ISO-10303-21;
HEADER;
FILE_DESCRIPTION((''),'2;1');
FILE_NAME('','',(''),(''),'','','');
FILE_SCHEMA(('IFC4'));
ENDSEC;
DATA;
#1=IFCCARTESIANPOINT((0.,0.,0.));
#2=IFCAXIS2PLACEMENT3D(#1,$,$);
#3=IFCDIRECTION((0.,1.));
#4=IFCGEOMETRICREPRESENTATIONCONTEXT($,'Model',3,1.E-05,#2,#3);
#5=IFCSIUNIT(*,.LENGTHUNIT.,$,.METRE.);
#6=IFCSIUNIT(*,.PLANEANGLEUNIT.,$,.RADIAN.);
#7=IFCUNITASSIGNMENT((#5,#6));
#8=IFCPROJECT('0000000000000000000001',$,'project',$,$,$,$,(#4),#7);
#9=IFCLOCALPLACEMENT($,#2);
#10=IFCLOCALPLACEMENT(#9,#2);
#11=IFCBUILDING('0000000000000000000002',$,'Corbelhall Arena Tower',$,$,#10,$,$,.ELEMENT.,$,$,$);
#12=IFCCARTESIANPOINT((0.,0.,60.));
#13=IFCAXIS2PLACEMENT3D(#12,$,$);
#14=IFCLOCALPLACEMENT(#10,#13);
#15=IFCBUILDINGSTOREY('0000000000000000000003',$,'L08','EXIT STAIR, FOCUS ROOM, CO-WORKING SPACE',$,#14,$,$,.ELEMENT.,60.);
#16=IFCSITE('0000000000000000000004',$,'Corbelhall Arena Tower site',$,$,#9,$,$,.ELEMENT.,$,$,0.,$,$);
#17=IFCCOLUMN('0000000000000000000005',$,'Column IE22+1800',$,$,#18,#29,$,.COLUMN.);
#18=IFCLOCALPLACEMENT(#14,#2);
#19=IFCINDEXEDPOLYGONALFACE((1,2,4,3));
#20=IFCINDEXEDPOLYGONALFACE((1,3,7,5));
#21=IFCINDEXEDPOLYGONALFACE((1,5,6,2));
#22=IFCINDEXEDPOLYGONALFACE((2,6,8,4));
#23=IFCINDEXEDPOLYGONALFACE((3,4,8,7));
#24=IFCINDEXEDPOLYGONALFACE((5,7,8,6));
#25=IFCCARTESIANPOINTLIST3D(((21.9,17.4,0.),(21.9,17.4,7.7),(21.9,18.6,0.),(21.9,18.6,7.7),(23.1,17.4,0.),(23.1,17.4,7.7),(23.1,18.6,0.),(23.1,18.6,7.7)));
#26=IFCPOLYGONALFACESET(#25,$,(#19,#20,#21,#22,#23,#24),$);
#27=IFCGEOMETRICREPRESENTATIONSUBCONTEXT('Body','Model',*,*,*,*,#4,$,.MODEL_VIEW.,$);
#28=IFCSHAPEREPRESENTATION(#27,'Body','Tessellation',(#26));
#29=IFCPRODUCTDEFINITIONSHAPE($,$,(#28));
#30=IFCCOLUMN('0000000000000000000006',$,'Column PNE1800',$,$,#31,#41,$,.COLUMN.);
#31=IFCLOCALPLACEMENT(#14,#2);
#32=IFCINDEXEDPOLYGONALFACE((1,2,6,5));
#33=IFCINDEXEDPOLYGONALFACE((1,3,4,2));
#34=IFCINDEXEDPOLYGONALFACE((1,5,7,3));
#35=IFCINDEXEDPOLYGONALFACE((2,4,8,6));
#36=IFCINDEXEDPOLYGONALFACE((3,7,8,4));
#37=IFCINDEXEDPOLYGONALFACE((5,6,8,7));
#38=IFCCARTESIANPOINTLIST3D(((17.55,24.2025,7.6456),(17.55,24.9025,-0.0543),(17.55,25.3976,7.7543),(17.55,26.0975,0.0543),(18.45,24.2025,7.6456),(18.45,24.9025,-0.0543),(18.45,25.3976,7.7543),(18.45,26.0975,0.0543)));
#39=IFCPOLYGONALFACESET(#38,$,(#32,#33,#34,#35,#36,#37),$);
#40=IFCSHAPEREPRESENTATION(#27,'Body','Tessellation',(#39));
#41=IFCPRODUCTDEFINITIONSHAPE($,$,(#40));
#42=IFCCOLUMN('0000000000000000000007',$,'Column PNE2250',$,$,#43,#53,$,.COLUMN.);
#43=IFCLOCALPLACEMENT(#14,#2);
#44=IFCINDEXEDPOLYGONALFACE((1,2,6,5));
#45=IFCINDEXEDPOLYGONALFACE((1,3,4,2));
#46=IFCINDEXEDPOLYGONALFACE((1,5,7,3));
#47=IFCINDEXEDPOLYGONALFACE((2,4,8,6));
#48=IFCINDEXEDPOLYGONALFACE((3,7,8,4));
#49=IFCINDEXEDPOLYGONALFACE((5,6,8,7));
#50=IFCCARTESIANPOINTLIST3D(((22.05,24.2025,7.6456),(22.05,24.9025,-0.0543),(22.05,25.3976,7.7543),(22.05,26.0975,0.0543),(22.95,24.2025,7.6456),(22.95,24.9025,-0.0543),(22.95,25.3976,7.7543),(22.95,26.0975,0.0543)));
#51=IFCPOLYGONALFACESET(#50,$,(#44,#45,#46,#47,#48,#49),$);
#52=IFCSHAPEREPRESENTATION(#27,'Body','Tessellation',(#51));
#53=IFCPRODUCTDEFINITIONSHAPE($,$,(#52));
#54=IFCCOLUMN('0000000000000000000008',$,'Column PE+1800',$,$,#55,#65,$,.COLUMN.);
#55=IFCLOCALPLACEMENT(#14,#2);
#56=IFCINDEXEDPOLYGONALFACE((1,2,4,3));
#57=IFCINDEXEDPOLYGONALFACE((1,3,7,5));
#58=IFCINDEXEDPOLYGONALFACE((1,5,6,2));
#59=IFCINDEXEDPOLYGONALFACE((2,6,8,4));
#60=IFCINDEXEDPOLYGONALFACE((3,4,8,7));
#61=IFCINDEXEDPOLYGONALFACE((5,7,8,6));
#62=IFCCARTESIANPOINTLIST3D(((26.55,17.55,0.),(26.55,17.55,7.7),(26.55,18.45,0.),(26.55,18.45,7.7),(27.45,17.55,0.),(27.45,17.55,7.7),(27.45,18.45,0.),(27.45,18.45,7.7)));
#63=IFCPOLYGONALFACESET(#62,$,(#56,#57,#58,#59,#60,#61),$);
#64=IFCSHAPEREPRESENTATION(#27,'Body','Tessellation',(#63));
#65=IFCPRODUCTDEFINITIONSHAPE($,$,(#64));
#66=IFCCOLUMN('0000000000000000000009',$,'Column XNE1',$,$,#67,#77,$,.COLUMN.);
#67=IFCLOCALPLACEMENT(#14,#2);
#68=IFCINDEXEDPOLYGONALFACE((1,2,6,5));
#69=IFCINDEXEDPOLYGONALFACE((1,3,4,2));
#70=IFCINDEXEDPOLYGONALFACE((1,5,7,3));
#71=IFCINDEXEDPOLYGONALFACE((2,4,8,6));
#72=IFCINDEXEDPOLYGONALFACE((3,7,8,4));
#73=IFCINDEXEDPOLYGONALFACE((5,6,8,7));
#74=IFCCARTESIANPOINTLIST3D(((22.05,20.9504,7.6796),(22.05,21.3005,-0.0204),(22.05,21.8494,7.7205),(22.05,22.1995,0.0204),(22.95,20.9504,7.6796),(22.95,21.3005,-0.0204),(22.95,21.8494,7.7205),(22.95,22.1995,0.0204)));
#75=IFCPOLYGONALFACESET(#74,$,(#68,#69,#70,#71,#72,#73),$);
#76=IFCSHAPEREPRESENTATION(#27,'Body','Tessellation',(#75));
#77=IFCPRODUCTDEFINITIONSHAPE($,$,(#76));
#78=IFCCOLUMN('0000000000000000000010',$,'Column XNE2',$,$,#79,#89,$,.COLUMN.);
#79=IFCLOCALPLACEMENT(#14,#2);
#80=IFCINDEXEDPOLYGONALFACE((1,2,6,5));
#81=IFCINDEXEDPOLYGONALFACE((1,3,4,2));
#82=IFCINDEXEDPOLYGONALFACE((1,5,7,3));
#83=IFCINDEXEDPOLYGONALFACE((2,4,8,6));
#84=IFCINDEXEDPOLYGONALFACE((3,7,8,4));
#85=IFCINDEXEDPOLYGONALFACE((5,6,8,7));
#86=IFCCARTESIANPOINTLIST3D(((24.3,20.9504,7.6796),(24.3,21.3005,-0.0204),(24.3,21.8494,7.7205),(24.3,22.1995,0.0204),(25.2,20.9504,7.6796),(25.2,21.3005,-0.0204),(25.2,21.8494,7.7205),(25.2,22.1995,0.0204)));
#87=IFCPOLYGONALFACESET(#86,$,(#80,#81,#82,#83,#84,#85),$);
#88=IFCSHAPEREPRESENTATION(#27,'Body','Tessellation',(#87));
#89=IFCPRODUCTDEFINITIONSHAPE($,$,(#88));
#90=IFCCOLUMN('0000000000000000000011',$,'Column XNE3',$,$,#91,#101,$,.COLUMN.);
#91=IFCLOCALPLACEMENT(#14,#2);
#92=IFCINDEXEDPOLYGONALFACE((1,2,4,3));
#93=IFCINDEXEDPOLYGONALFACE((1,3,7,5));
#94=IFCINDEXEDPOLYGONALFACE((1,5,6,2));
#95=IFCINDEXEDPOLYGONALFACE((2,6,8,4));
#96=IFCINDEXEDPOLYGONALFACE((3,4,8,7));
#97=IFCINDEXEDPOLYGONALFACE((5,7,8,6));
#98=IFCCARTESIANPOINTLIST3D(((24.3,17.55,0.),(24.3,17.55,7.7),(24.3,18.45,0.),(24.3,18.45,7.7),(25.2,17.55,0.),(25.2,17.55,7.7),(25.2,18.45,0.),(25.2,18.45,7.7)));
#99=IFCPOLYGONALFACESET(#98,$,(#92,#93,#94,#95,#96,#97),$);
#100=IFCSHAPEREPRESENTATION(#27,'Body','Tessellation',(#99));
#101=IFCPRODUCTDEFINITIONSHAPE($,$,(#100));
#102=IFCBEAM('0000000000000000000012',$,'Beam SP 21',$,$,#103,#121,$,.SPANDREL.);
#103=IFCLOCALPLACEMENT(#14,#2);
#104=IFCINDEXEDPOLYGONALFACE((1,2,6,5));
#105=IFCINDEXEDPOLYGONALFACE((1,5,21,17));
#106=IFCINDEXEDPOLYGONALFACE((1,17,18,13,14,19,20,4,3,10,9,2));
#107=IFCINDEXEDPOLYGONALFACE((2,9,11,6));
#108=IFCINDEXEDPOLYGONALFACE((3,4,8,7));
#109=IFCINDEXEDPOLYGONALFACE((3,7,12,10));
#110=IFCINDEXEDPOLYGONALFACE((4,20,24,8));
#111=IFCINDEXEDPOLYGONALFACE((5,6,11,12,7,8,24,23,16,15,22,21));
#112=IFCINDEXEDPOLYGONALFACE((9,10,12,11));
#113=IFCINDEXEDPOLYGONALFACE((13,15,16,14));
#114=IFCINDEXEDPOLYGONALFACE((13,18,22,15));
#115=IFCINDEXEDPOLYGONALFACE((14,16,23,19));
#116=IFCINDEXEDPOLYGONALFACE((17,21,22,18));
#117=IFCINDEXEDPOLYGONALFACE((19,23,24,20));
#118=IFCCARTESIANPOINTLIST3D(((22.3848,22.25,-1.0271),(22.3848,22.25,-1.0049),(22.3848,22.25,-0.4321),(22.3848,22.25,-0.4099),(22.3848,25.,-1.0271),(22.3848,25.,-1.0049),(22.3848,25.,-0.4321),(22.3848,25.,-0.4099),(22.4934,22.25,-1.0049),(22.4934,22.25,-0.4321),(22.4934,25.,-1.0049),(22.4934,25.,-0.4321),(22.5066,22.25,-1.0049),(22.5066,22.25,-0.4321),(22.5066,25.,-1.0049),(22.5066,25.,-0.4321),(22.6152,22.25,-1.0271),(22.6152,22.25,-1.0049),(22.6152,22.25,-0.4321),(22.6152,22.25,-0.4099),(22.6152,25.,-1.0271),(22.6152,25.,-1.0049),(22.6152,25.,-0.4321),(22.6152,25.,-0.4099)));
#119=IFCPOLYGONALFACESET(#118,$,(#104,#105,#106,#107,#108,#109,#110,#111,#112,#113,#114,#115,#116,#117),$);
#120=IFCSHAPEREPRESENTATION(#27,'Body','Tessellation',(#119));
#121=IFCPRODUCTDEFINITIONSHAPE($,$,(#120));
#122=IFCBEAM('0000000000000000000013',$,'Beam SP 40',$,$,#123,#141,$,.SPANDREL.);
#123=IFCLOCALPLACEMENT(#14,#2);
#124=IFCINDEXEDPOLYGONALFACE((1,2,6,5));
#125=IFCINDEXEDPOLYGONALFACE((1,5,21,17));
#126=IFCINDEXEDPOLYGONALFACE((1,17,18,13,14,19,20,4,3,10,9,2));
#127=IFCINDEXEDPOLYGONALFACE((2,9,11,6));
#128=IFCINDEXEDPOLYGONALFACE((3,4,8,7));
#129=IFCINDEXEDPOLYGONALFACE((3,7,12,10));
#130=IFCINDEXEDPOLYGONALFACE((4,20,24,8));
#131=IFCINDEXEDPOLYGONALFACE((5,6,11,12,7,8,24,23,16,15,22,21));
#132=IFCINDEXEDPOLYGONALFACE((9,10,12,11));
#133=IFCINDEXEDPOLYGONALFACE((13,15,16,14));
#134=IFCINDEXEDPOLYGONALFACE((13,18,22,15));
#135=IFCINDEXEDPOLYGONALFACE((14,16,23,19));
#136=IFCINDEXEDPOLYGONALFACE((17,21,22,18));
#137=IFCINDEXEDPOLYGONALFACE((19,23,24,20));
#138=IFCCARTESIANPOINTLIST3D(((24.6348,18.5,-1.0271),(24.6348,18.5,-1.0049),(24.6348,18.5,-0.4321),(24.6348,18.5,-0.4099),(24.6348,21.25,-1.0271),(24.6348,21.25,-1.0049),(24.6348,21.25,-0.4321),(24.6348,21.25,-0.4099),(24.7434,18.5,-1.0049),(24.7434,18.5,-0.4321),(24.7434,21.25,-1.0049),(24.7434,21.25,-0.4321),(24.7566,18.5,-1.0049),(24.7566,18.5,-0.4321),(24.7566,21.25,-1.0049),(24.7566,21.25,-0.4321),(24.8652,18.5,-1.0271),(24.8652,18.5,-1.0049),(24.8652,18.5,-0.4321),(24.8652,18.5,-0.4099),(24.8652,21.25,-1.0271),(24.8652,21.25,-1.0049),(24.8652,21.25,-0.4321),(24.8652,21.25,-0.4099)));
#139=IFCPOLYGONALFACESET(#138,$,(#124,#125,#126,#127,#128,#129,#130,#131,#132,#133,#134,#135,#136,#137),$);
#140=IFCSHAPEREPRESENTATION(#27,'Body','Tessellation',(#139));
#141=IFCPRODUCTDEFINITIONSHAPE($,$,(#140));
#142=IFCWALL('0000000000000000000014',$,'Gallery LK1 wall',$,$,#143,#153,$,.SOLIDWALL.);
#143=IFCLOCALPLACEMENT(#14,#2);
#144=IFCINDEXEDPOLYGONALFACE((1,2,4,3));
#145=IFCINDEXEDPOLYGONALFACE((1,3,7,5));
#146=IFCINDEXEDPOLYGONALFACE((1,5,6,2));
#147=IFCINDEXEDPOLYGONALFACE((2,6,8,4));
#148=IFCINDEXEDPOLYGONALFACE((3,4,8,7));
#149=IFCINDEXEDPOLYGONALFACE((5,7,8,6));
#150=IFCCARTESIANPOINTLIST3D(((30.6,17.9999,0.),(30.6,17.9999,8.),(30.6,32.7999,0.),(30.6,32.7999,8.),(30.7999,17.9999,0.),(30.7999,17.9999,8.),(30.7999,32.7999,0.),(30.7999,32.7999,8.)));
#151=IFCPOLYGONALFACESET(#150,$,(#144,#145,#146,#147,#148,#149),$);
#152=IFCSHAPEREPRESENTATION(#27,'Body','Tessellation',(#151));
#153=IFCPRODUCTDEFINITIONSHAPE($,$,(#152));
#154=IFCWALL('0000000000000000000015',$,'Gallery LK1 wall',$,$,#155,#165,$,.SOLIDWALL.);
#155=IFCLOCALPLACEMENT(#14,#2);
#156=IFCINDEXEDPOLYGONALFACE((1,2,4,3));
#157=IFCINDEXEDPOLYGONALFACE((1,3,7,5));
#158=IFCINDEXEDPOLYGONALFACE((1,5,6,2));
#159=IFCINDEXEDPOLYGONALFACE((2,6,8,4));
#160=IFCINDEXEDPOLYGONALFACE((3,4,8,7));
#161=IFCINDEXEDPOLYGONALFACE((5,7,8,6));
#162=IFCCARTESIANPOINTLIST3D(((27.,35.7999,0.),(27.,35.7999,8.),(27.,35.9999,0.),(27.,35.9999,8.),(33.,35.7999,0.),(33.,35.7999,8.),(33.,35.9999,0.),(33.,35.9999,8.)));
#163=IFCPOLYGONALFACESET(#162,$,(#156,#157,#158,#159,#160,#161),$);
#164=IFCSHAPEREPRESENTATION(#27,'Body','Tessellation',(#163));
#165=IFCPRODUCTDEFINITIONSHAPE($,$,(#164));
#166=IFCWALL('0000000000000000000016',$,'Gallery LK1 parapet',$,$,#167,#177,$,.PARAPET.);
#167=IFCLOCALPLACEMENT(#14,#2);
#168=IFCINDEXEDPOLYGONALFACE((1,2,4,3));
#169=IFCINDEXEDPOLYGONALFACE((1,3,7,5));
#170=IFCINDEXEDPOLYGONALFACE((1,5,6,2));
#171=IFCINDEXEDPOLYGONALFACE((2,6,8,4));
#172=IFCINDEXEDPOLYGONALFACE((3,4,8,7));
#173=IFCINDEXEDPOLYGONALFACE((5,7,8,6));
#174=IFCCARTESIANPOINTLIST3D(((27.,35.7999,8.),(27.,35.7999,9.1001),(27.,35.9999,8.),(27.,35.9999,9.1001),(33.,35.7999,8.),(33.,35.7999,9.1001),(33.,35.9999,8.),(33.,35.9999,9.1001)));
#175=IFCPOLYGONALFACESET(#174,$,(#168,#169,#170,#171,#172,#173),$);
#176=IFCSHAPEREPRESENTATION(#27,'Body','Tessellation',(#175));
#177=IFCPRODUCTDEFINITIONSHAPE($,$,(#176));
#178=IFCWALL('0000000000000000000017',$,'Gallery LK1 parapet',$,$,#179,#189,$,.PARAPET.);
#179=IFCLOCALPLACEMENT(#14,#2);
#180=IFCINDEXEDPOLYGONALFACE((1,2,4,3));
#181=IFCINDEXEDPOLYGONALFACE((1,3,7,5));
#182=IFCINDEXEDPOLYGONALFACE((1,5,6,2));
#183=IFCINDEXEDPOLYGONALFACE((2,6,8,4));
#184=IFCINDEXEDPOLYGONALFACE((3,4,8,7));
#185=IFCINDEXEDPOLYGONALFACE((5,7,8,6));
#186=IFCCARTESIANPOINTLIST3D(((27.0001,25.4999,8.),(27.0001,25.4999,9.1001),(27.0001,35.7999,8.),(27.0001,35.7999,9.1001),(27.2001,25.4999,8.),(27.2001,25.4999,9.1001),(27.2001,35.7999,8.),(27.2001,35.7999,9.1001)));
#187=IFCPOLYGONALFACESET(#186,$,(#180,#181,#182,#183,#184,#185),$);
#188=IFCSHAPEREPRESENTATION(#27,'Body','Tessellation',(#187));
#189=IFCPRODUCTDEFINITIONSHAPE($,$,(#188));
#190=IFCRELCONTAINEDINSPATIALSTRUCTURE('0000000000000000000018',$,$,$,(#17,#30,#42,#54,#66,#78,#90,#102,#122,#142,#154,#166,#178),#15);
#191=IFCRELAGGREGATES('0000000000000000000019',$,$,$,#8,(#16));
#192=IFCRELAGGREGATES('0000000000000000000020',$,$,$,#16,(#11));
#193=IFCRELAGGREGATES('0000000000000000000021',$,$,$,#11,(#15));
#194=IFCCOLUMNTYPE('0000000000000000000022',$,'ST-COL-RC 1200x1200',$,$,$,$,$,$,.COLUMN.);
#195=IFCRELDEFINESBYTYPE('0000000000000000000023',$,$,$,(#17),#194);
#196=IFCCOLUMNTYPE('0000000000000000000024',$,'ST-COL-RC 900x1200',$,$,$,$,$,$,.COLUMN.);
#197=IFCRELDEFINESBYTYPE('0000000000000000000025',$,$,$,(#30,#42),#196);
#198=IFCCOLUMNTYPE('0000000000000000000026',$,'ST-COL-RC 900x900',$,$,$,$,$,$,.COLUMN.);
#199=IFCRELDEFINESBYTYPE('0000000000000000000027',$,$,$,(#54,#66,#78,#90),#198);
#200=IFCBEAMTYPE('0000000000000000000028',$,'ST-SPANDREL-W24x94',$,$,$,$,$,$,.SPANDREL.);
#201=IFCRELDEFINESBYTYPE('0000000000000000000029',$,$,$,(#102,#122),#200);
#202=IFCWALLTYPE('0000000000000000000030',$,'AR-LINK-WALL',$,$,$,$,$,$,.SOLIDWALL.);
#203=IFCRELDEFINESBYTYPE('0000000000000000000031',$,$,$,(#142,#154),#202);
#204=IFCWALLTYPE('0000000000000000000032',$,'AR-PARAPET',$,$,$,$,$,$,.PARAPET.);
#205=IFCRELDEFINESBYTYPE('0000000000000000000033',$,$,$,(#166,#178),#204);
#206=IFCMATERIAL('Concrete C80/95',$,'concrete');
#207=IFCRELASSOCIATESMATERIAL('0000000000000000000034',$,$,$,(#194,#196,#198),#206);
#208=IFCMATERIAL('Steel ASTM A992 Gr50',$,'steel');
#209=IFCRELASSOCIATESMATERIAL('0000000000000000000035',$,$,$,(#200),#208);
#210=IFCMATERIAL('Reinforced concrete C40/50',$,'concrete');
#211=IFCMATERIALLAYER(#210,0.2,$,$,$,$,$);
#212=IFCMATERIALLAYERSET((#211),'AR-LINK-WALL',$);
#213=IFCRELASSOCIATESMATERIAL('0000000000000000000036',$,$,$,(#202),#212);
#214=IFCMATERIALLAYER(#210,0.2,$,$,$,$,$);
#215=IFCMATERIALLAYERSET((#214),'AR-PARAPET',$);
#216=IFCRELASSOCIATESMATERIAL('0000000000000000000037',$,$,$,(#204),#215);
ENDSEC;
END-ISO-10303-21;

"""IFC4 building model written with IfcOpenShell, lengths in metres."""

from ifc_helpers import new_model, si_unit, direction, frame, frame_2d, origin, origin_2d, place, context, subcontext, project, spatial, rectangle, i_section, extrude, material, layer, layer_set, material_profile, profile_set, type_object, element, save


model = new_model("IFC4")

# Units and contexts
model_context = context("Model", 3, precision=1e-05, world=origin(), true_north=direction((0.0, 1.0)))
body_context = subcontext(model_context, "Body", "Model", "MODEL_VIEW")
ifc_project = project(units=[si_unit("LENGTHUNIT", "METRE"), si_unit("PLANEANGLEUNIT", "RADIAN")], contexts=[model_context])

# Site, building, storey
site_placement = place(None, origin())
site = spatial("IfcSite", under=ifc_project, at=site_placement, Name="Corbelhall Arena Tower site", CompositionType="ELEMENT", RefElevation=0.0)
building_placement = place(site_placement, origin())
building = spatial("IfcBuilding", under=site, at=building_placement, Name="Corbelhall Arena Tower", CompositionType="ELEMENT")
storey_placement = place(building_placement, frame((0.0, 0.0, 60.0)))
storey = spatial("IfcBuildingStorey", under=building, at=storey_placement, Name="L08", Description="EXIT STAIR, FOCUS ROOM, CO-WORKING SPACE", CompositionType="ELEMENT", Elevation=60.0)

# Columns
ifc_material_1 = material(Name="Concrete C80/95", Category="concrete")
ifc_material_profile_1 = material_profile(ifc_material_1, rectangle(XDim=1.2, YDim=1.2, at=origin_2d()))
ifc_profile_set_1 = profile_set([ifc_material_profile_1], Name="Concrete C80/95")
column_type_1 = type_object("IfcColumnType", Name="ST-COL-RC 1200x1200", PredefinedType="COLUMN", material=ifc_profile_set_1)
column_1_placement = place(storey_placement, frame((22.5, 18.0, 0.0), z_axis=(0.0, 0.0, 1.0), x_axis=(1.0, 0.0, 0.0)))
element("IfcColumn", 1, at=column_1_placement, inside=storey, type_object=column_type_1, Name="Column IE22+1800", PredefinedType="COLUMN", context=body_context, shape_type="SweptSolid", body=[
    extrude(rectangle(XDim=1.2, YDim=1.2, at=origin_2d()), origin(), (0.0, 0.0, 1.0), 7.7),
])
ifc_material_profile_2 = material_profile(ifc_material_1, rectangle(XDim=0.8999, YDim=1.2, at=origin_2d()))
ifc_profile_set_2 = profile_set([ifc_material_profile_2], Name="Concrete C80/95")
column_type_2 = type_object("IfcColumnType", Name="ST-COL-RC 900x1200", PredefinedType="COLUMN", material=ifc_profile_set_2)
for number, where, z_axis, x_axis, name in (
    (2, (18.0, 25.5, 0.0), (0.0, -0.09053, 0.995894), (1.0, 0.0, 0.0), "Column PNE1800"),
    (3, (22.5, 25.5, 0.0), (0.0, -0.09053, 0.995894), (1.0, 0.0, 0.0), "Column PNE2250"),
):
    element("IfcColumn", number, at=place(storey_placement, frame(where, z_axis=z_axis, x_axis=x_axis)), inside=storey, type_object=column_type_2, Name=name, PredefinedType="COLUMN", context=body_context, shape_type="SweptSolid", body=[
        extrude(rectangle(XDim=0.8999, YDim=1.2, at=origin_2d()), origin(), (0.0, 0.0, 1.0), 7.7317),
    ])
ifc_material_profile_3 = material_profile(ifc_material_1, rectangle(XDim=0.8999, YDim=0.8999, at=origin_2d()))
ifc_profile_set_3 = profile_set([ifc_material_profile_3], Name="Concrete C80/95")
column_type_3 = type_object("IfcColumnType", Name="ST-COL-RC 900x900", PredefinedType="COLUMN", material=ifc_profile_set_3)
column_2_placement = place(storey_placement, frame((27.0, 18.0, 0.0), z_axis=(0.0, 0.0, 1.0), x_axis=(1.0, 0.0, 0.0)))
element("IfcColumn", 4, at=column_2_placement, inside=storey, type_object=column_type_3, Name="Column PE+1800", PredefinedType="COLUMN", context=body_context, shape_type="SweptSolid", body=[
    extrude(rectangle(XDim=0.8999, YDim=0.8999, at=origin_2d()), origin(), (0.0, 0.0, 1.0), 7.7),
])
for number, where, z_axis, x_axis, name in (
    (5, (22.5, 21.75, 0.0), (0.0, -0.045421, 0.998968), (1.0, 0.0, 0.0), "Column XNE1"),
    (6, (24.75, 21.75, 0.0), (0.0, -0.045421, 0.998968), (1.0, 0.0, 0.0), "Column XNE2"),
):
    element("IfcColumn", number, at=place(storey_placement, frame(where, z_axis=z_axis, x_axis=x_axis)), inside=storey, type_object=column_type_3, Name=name, PredefinedType="COLUMN", context=body_context, shape_type="SweptSolid", body=[
        extrude(rectangle(XDim=0.8999, YDim=0.8999, at=origin_2d()), origin(), (0.0, 0.0, 1.0), 7.708),
    ])
column_3_placement = place(storey_placement, frame((24.75, 18.0, 0.0), z_axis=(0.0, 0.0, 1.0), x_axis=(1.0, 0.0, 0.0)))
element("IfcColumn", 7, at=column_3_placement, inside=storey, type_object=column_type_3, Name="Column XNE3", PredefinedType="COLUMN", context=body_context, shape_type="SweptSolid", body=[
    extrude(rectangle(XDim=0.8999, YDim=0.8999, at=origin_2d()), origin(), (0.0, 0.0, 1.0), 7.7),
])

# Beams
ifc_material_2 = material(Name="Steel ASTM A992 Gr50", Category="steel")
ifc_material_profile_4 = material_profile(ifc_material_2, i_section(OverallWidth=0.2305, OverallDepth=0.6172, WebThickness=0.0132, FlangeThickness=0.0222, at=origin_2d()))
ifc_profile_set_4 = profile_set([ifc_material_profile_4], Name="Steel ASTM A992 Gr50")
beam_type = type_object("IfcBeamType", Name="ST-SPANDREL-W24x94", PredefinedType="SPANDREL", material=ifc_profile_set_4)
for number, where, z_axis, x_axis, name in (
    (8, (22.5, 25.0, -0.7185), (0.0, -1.0, 0.0), (1.0, 0.0, 0.0), "Beam SP 21"),
    (9, (24.75, 21.25, -0.7185), (0.0, -1.0, 0.0), (1.0, 0.0, 0.0), "Beam SP 40"),
):
    element("IfcBeam", number, at=place(storey_placement, frame(where, z_axis=z_axis, x_axis=x_axis)), inside=storey, type_object=beam_type, Name=name, PredefinedType="SPANDREL", context=body_context, shape_type="SweptSolid", body=[
        extrude(i_section(OverallWidth=0.2305, OverallDepth=0.6172, WebThickness=0.0132, FlangeThickness=0.0222, at=origin_2d()), origin(), (0.0, 0.0, 1.0), 2.75),
    ])

# Shared definitions
ifc_material_3 = material(Name="Reinforced concrete C40/50", Category="concrete")
ifc_layer_1 = layer(ifc_material_3, 0.2)
ifc_layer_set_1 = layer_set([ifc_layer_1], Name="AR-LINK-WALL")
wall_type_1 = type_object("IfcWallType", Name="AR-LINK-WALL", PredefinedType="SOLIDWALL", material=ifc_layer_set_1)

# Walls
wall_1_placement = place(storey_placement, frame((30.7, 18.0, 0.0), z_axis=(0.0, 0.0, 1.0), x_axis=(0.0, 1.0, 0.0)))
element("IfcWall", 10, at=wall_1_placement, inside=storey, type_object=wall_type_1, Name="Gallery LK1 wall", PredefinedType="SOLIDWALL", context=body_context, shape_type="SweptSolid", body=[
    extrude(rectangle(XDim=14.8, YDim=0.2, at=frame_2d((7.3999, 0.0))), origin(), (0.0, 0.0, 1.0), 8.0),
])
wall_2_placement = place(storey_placement, frame((27.0, 35.8999, 0.0), z_axis=(0.0, 0.0, 1.0), x_axis=(1.0, 0.0, 0.0)))
element("IfcWall", 11, at=wall_2_placement, inside=storey, type_object=wall_type_1, Name="Gallery LK1 wall", PredefinedType="SOLIDWALL", context=body_context, shape_type="SweptSolid", body=[
    extrude(rectangle(XDim=6.0, YDim=0.2, at=frame_2d((3.0, 0.0))), origin(), (0.0, 0.0, 1.0), 8.0),
])

# Walls
ifc_layer_2 = layer(ifc_material_3, 0.2)
ifc_layer_set_2 = layer_set([ifc_layer_2], Name="AR-PARAPET")
wall_type_2 = type_object("IfcWallType", Name="AR-PARAPET", PredefinedType="PARAPET", material=ifc_layer_set_2)
wall_3_placement = place(storey_placement, frame((27.0, 35.8999, 8.0), z_axis=(0.0, 0.0, 1.0), x_axis=(1.0, 0.0, 0.0)))
element("IfcWall", 12, at=wall_3_placement, inside=storey, type_object=wall_type_2, Name="Gallery LK1 parapet", PredefinedType="PARAPET", context=body_context, shape_type="SweptSolid", body=[
    extrude(rectangle(XDim=6.0, YDim=0.2, at=frame_2d((3.0, 0.0))), origin(), (0.0, 0.0, 1.0), 1.1001),
])
wall_4_placement = place(storey_placement, frame((27.1001, 25.5, 8.0), z_axis=(0.0, 0.0, 1.0), x_axis=(0.0, 1.0, 0.0)))
element("IfcWall", 13, at=wall_4_placement, inside=storey, type_object=wall_type_2, Name="Gallery LK1 parapet", PredefinedType="PARAPET", context=body_context, shape_type="SweptSolid", body=[
    extrude(rectangle(XDim=10.3, YDim=0.2, at=frame_2d((5.1499, 0.0))), origin(), (0.0, 0.0, 1.0), 1.1001),
])

save(model, "model.ifc")
